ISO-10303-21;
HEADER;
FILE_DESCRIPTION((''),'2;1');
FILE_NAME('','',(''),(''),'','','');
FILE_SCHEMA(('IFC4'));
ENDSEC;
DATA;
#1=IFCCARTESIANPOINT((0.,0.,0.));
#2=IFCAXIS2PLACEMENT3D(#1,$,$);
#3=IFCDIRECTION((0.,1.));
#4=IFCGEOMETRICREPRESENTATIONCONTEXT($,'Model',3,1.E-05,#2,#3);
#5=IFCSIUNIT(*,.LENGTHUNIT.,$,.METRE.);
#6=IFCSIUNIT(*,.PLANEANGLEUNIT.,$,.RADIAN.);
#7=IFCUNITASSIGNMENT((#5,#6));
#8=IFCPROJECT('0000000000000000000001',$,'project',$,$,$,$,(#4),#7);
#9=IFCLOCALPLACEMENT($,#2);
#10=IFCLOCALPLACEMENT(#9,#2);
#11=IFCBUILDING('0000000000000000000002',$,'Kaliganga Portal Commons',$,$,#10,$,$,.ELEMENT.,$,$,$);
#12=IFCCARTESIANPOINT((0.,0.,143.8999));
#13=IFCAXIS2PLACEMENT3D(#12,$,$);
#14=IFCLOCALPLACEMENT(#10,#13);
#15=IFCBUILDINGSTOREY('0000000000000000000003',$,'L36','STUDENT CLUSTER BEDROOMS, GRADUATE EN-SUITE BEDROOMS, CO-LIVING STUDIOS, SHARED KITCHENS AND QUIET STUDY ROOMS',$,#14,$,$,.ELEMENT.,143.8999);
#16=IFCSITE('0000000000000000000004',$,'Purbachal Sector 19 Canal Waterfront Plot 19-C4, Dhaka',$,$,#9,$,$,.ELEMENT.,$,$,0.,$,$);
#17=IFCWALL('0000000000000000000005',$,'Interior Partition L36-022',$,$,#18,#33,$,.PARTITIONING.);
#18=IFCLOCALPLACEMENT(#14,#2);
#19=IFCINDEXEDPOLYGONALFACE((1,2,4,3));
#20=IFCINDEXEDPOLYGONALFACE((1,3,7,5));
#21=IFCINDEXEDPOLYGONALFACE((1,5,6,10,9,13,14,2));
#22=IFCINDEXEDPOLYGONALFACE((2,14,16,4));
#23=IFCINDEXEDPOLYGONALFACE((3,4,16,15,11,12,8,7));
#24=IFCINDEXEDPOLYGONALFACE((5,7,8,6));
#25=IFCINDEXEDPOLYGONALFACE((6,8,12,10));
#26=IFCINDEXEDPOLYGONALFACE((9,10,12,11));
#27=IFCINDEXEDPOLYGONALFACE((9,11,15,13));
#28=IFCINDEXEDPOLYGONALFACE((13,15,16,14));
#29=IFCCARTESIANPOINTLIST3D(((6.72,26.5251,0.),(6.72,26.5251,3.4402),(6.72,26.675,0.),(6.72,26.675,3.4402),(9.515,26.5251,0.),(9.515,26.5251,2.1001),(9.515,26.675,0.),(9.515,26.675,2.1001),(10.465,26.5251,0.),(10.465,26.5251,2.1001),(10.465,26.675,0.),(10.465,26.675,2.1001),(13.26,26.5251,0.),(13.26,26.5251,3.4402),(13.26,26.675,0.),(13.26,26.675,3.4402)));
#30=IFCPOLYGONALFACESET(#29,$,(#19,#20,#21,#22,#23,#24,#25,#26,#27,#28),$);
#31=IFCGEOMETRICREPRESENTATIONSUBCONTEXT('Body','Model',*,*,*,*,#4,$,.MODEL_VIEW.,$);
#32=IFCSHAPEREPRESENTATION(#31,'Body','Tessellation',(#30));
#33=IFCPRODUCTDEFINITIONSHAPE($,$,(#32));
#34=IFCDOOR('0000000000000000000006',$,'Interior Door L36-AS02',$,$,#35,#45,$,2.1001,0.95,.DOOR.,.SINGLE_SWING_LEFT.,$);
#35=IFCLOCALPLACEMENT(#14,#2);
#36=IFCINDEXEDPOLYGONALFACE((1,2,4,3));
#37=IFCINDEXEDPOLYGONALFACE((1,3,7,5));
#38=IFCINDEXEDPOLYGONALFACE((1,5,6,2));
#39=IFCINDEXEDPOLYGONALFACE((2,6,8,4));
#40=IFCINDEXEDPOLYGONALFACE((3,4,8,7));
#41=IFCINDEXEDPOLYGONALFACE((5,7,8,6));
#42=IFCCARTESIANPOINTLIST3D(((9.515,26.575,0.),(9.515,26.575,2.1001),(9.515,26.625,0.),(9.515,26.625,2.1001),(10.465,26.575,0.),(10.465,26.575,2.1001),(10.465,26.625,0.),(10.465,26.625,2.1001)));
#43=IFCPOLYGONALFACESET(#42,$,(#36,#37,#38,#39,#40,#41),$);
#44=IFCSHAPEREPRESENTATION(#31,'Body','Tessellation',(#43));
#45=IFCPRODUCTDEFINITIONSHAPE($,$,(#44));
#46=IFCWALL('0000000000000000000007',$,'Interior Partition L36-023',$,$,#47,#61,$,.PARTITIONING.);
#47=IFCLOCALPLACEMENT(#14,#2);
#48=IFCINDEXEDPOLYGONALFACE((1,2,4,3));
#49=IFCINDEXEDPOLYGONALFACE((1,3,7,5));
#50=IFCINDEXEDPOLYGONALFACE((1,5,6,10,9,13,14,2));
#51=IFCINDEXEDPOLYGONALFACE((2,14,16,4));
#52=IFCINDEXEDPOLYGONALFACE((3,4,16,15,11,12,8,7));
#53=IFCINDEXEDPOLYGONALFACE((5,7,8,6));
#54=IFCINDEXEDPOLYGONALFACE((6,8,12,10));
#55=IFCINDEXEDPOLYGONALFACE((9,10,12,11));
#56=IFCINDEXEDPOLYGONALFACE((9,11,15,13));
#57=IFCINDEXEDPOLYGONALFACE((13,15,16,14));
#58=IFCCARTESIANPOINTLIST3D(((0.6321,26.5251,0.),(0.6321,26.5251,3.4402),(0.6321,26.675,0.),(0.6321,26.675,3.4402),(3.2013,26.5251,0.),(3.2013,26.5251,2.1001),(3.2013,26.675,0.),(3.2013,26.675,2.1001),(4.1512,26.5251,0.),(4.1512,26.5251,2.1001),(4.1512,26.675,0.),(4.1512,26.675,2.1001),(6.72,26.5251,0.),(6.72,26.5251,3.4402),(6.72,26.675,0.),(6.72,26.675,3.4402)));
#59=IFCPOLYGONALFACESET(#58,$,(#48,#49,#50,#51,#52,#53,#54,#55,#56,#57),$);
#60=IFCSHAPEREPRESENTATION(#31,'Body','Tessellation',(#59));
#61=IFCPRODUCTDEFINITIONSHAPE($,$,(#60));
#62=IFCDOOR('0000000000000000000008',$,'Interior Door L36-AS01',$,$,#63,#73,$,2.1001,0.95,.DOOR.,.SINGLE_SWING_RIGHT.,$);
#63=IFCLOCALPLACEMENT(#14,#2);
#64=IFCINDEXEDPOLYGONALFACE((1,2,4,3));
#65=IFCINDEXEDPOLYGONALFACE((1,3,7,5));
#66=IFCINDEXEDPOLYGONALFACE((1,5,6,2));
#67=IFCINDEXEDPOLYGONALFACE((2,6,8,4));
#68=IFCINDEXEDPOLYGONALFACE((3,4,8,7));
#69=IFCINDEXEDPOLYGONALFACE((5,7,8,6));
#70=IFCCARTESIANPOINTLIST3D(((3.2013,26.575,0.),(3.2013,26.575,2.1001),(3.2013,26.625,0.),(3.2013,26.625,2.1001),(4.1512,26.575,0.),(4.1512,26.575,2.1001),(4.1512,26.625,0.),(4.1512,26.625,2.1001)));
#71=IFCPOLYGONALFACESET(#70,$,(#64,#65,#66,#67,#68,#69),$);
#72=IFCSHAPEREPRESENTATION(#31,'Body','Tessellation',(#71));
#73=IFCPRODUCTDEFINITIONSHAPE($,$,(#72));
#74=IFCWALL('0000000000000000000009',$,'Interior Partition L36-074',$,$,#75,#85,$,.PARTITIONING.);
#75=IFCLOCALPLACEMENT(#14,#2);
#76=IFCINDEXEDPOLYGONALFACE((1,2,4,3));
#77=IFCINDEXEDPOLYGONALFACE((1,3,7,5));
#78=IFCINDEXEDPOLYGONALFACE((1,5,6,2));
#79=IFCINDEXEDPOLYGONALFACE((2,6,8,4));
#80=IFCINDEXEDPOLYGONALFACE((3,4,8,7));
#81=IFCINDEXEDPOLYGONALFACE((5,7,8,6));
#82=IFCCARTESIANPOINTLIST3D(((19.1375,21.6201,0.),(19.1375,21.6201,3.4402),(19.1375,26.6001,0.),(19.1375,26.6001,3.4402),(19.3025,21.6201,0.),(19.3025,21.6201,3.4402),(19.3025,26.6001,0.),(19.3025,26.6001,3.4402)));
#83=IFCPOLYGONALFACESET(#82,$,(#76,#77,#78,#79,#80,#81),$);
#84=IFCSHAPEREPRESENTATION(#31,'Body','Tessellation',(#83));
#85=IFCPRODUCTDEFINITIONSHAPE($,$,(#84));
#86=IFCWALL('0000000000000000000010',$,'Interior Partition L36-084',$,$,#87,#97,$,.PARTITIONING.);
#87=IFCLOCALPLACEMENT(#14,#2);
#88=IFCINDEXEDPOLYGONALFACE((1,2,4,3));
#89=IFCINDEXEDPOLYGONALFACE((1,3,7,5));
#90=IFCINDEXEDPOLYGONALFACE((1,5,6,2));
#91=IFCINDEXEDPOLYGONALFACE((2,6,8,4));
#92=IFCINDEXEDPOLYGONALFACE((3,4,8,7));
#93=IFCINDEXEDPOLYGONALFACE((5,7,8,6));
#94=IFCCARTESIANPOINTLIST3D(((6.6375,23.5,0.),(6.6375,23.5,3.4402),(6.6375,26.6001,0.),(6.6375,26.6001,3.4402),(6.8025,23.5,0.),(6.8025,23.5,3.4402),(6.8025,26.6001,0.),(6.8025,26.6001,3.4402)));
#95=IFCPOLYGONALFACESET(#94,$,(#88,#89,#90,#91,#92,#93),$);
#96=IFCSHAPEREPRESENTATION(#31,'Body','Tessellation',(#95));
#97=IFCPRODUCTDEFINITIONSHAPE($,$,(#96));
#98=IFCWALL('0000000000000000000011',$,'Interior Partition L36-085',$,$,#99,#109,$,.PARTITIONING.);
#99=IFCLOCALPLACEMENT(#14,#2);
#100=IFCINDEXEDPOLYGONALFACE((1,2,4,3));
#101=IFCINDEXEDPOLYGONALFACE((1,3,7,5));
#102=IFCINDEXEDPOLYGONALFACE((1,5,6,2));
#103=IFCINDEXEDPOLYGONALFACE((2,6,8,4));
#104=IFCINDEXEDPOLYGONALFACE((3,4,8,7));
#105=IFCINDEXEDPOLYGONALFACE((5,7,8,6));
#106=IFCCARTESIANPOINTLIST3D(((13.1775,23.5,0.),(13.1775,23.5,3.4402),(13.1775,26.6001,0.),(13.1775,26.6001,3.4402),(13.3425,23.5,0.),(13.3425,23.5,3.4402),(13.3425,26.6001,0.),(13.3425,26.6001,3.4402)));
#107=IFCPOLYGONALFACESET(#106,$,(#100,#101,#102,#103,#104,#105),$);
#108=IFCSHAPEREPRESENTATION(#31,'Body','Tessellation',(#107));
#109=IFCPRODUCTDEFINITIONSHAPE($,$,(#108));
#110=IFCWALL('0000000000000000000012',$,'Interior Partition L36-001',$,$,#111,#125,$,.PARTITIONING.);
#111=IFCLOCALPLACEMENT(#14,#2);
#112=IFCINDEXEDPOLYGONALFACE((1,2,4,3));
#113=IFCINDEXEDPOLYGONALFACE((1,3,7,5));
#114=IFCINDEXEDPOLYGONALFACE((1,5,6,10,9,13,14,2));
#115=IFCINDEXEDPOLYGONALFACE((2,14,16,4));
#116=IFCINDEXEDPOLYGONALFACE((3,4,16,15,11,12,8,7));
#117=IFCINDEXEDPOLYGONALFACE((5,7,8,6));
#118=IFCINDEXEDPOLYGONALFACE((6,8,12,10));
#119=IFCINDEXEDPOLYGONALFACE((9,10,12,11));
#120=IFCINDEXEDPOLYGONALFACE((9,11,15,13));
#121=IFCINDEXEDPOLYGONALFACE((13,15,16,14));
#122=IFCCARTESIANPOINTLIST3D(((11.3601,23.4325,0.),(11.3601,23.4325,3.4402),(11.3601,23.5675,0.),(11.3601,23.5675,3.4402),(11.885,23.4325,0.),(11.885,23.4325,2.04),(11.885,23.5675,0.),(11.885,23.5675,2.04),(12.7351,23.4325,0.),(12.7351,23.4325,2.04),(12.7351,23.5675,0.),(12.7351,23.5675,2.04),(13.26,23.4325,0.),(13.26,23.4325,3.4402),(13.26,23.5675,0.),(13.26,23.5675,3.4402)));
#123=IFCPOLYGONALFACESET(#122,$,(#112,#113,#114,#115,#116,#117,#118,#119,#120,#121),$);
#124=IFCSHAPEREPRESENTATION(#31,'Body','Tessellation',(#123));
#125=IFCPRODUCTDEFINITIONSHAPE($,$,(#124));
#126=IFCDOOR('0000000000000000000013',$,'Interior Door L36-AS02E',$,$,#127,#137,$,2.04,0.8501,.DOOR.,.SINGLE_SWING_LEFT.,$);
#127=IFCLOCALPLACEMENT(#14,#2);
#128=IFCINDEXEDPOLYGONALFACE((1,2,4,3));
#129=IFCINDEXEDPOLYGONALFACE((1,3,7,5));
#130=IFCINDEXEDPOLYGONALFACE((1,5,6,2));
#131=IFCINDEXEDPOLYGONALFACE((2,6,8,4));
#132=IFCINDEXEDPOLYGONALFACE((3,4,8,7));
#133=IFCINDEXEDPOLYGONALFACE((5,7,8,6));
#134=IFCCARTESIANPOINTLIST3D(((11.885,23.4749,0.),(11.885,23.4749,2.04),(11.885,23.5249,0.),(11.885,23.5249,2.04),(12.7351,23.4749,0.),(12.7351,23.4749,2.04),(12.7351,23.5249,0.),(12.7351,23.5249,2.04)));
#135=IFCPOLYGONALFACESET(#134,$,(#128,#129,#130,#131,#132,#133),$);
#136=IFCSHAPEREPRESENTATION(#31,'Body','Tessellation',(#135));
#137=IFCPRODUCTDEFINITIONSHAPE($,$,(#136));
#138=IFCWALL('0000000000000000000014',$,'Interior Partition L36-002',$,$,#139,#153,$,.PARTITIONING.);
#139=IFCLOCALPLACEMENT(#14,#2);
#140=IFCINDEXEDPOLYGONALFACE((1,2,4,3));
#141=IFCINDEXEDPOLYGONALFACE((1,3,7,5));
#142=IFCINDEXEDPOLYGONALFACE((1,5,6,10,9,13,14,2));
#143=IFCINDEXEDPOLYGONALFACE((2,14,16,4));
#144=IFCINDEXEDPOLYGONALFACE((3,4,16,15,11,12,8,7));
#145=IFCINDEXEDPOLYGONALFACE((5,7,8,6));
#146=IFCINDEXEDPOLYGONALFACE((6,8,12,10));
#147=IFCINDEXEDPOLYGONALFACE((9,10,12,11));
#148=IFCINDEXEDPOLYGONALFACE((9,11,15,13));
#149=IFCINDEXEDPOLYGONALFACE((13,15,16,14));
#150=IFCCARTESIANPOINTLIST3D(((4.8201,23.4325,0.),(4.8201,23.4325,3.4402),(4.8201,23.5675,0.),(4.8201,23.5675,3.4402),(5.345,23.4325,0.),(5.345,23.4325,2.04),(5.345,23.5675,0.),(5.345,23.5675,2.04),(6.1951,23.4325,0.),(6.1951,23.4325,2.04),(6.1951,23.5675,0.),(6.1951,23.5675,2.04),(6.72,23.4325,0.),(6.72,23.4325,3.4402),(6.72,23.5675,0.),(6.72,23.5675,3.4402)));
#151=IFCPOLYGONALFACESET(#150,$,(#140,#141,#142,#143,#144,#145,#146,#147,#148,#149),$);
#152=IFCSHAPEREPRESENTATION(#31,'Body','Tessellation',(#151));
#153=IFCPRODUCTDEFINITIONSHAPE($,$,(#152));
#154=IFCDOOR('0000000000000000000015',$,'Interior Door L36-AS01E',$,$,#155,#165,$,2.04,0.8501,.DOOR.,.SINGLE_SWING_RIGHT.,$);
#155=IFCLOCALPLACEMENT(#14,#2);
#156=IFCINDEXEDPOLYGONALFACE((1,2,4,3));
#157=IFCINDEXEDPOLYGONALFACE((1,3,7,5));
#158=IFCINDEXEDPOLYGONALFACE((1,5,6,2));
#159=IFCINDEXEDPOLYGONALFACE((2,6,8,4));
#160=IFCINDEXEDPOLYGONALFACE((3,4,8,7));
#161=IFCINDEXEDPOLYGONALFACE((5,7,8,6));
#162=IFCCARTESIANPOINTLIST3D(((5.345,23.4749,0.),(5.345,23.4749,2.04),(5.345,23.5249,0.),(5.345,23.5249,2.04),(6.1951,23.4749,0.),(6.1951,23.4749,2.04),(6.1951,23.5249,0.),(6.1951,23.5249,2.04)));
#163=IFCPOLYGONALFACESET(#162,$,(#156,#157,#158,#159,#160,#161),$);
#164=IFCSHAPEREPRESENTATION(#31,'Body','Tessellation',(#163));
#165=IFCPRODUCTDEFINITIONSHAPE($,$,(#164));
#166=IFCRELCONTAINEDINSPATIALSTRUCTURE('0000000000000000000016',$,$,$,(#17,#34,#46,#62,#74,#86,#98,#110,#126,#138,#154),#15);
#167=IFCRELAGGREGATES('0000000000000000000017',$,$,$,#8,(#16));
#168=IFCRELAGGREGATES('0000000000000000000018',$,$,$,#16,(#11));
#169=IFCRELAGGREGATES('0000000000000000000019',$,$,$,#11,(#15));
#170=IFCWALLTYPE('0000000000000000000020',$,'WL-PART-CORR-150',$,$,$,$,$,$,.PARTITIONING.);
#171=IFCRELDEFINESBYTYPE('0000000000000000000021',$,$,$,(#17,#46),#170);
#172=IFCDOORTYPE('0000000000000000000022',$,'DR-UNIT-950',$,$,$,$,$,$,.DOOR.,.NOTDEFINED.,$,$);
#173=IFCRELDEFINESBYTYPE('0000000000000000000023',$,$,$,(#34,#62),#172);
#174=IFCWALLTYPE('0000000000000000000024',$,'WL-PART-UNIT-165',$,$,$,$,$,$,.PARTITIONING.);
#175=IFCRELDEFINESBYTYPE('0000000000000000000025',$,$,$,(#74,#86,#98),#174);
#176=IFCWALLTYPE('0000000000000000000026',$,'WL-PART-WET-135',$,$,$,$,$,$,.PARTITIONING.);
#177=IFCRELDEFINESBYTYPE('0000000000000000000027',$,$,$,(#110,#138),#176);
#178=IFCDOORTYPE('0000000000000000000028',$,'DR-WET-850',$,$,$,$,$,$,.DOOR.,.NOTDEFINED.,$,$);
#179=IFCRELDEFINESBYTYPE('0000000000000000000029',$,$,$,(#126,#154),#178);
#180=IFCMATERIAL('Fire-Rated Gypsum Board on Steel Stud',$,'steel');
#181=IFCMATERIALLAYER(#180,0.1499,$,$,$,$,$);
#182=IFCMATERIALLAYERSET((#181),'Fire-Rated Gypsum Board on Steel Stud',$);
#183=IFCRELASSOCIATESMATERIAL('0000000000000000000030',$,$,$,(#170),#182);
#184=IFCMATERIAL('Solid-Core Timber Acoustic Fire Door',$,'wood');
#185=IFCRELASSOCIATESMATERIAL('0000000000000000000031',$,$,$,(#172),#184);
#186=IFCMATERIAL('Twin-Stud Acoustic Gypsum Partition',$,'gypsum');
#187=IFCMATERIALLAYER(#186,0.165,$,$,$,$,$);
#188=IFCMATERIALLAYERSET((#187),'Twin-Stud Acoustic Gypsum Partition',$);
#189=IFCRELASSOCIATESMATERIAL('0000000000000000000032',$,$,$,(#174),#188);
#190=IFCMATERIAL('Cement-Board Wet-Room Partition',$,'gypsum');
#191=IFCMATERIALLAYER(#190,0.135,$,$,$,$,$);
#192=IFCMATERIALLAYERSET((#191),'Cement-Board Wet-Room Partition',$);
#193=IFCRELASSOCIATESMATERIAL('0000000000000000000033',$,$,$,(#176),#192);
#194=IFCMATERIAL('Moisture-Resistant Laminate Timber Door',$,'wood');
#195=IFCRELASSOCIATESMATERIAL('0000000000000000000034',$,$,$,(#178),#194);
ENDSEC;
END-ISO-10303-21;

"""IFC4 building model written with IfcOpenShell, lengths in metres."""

from ifc_helpers import new_model, si_unit, direction, frame, frame_2d, origin, place, context, subcontext, project, spatial, rectangle, extrude, material, layer, layer_set, type_object, element, fill, save


model = new_model("IFC4")

# Units and contexts
model_context = context("Model", 3, precision=1e-05, world=origin(), true_north=direction((0.0, 1.0)))
body_context = subcontext(model_context, "Body", "Model", "MODEL_VIEW")
ifc_project = project(units=[si_unit("LENGTHUNIT", "METRE"), si_unit("PLANEANGLEUNIT", "RADIAN")], contexts=[model_context])

# Site, building, storey
site_placement = place(None, origin())
site = spatial("IfcSite", under=ifc_project, at=site_placement, Name="Purbachal Sector 19 Canal Waterfront Plot 19-C4, Dhaka", CompositionType="ELEMENT", RefElevation=0.0)
building_placement = place(site_placement, origin())
building = spatial("IfcBuilding", under=site, at=building_placement, Name="Kaliganga Portal Commons", CompositionType="ELEMENT")
storey_placement = place(building_placement, frame((0.0, 0.0, 143.8999)))
storey = spatial("IfcBuildingStorey", under=building, at=storey_placement, Name="L36", Description="STUDENT CLUSTER BEDROOMS, GRADUATE EN-SUITE BEDROOMS, CO-LIVING STUDIOS, SHARED KITCHENS AND QUIET STUDY ROOMS", CompositionType="ELEMENT", Elevation=143.8999)

# Shared definitions
ifc_material_1 = material(Name="Fire-Rated Gypsum Board on Steel Stud", Category="steel")
ifc_layer_1 = layer(ifc_material_1, 0.1499)
ifc_layer_set_1 = layer_set([ifc_layer_1], Name="Fire-Rated Gypsum Board on Steel Stud")
wall_type_1 = type_object("IfcWallType", Name="WL-PART-CORR-150", PredefinedType="PARTITIONING", material=ifc_layer_set_1)
ifc_material_2 = material(Name="Solid-Core Timber Acoustic Fire Door", Category="wood")
door_type_1 = type_object("IfcDoorType", Name="DR-UNIT-950", OperationType="NOTDEFINED", PredefinedType="DOOR", material=ifc_material_2)

# Walls, openings, doors
wall_1_placement = place(storey_placement, frame((6.72, 26.6001, 0.0), z_axis=(0.0, 0.0, 1.0), x_axis=(1.0, 0.0, 0.0)))
wall_1 = element("IfcWall", 1, at=wall_1_placement, inside=storey, type_object=wall_type_1, Name="Interior Partition L36-022", PredefinedType="PARTITIONING", context=body_context, shape_type="SweptSolid", body=[
    extrude(rectangle(XDim=6.54, YDim=0.1499, at=frame_2d((3.27, 0.0))), origin(), (0.0, 0.0, 1.0), 3.4402),
])
opening_1_placement = place(wall_1_placement, frame((2.7949, 0.0, 0.0)))
opening_1 = element("IfcOpeningElement", 2, at=opening_1_placement, cuts=wall_1, PredefinedType="OPENING", context=body_context, shape_type="SweptSolid", body=[
    extrude(rectangle(XDim=0.95, YDim=2.1001, at=frame_2d((0.4751, 1.05))), frame((0.0, 0.085, 0.0), z_axis=(0.0, -1.0, 0.0), x_axis=(1.0, 0.0, 0.0)), (0.0, 0.0, 1.0), 0.1699),
])
door_1_placement = place(opening_1_placement, origin())
door_1 = element("IfcDoor", 3, at=door_1_placement, inside=storey, type_object=door_type_1, Name="Interior Door L36-AS02", OperationType="SINGLE_SWING_LEFT", OverallHeight=2.1001, OverallWidth=0.95, PredefinedType="DOOR", context=body_context, shape_type="SweptSolid", body=[
    extrude(rectangle(XDim=0.95, YDim=2.1001, at=frame_2d((0.4751, 1.05))), frame((0.0, 0.0249, 0.0), z_axis=(0.0, -1.0, 0.0), x_axis=(1.0, 0.0, 0.0)), (0.0, 0.0, 1.0), 0.05),
])
fill(opening_1, door_1)
wall_2_placement = place(storey_placement, frame((0.6321, 26.6001, 0.0), z_axis=(0.0, 0.0, 1.0), x_axis=(1.0, 0.0, 0.0)))
wall_2 = element("IfcWall", 4, at=wall_2_placement, inside=storey, type_object=wall_type_1, Name="Interior Partition L36-023", PredefinedType="PARTITIONING", context=body_context, shape_type="SweptSolid", body=[
    extrude(rectangle(XDim=6.0879, YDim=0.1499, at=frame_2d((3.0439, 0.0))), origin(), (0.0, 0.0, 1.0), 3.4402),
])
opening_2_placement = place(wall_2_placement, frame((2.5691, 0.0, 0.0)))
opening_2 = element("IfcOpeningElement", 5, at=opening_2_placement, cuts=wall_2, PredefinedType="OPENING", context=body_context, shape_type="SweptSolid", body=[
    extrude(rectangle(XDim=0.95, YDim=2.1001, at=frame_2d((0.4751, 1.05))), frame((0.0, 0.085, 0.0), z_axis=(0.0, -1.0, 0.0), x_axis=(1.0, 0.0, 0.0)), (0.0, 0.0, 1.0), 0.1699),
])
door_2_placement = place(opening_2_placement, origin())
door_2 = element("IfcDoor", 6, at=door_2_placement, inside=storey, type_object=door_type_1, Name="Interior Door L36-AS01", OperationType="SINGLE_SWING_RIGHT", OverallHeight=2.1001, OverallWidth=0.95, PredefinedType="DOOR", context=body_context, shape_type="SweptSolid", body=[
    extrude(rectangle(XDim=0.95, YDim=2.1001, at=frame_2d((0.4751, 1.05))), frame((0.0, 0.0249, 0.0), z_axis=(0.0, -1.0, 0.0), x_axis=(1.0, 0.0, 0.0)), (0.0, 0.0, 1.0), 0.05),
])
fill(opening_2, door_2)

# Walls
ifc_material_3 = material(Name="Twin-Stud Acoustic Gypsum Partition", Category="gypsum")
ifc_layer_2 = layer(ifc_material_3, 0.165)
ifc_layer_set_2 = layer_set([ifc_layer_2], Name="Twin-Stud Acoustic Gypsum Partition")
wall_type_2 = type_object("IfcWallType", Name="WL-PART-UNIT-165", PredefinedType="PARTITIONING", material=ifc_layer_set_2)
wall_3_placement = place(storey_placement, frame((19.22, 21.6201, 0.0), z_axis=(0.0, 0.0, 1.0), x_axis=(0.0, 1.0, 0.0)))
element("IfcWall", 7, at=wall_3_placement, inside=storey, type_object=wall_type_2, Name="Interior Partition L36-074", PredefinedType="PARTITIONING", context=body_context, shape_type="SweptSolid", body=[
    extrude(rectangle(XDim=4.98, YDim=0.165, at=frame_2d((2.49, 0.0))), origin(), (0.0, 0.0, 1.0), 3.4402),
])
for number, where, z_axis, x_axis, name in (
    (8, (6.72, 23.5, 0.0), (0.0, 0.0, 1.0), (0.0, 1.0, 0.0), "Interior Partition L36-084"),
    (9, (13.26, 23.5, 0.0), (0.0, 0.0, 1.0), (0.0, 1.0, 0.0), "Interior Partition L36-085"),
):
    element("IfcWall", number, at=place(storey_placement, frame(where, z_axis=z_axis, x_axis=x_axis)), inside=storey, type_object=wall_type_2, Name=name, PredefinedType="PARTITIONING", context=body_context, shape_type="SweptSolid", body=[
        extrude(rectangle(XDim=3.1001, YDim=0.165, at=frame_2d((1.55, 0.0))), origin(), (0.0, 0.0, 1.0), 3.4402),
    ])

# Walls, openings, doors
ifc_material_4 = material(Name="Cement-Board Wet-Room Partition", Category="gypsum")
ifc_layer_3 = layer(ifc_material_4, 0.135)
ifc_layer_set_3 = layer_set([ifc_layer_3], Name="Cement-Board Wet-Room Partition")
wall_type_3 = type_object("IfcWallType", Name="WL-PART-WET-135", PredefinedType="PARTITIONING", material=ifc_layer_set_3)
wall_4_placement = place(storey_placement, frame((11.3601, 23.5, 0.0), z_axis=(0.0, 0.0, 1.0), x_axis=(1.0, 0.0, 0.0)))
wall_4 = element("IfcWall", 10, at=wall_4_placement, inside=storey, type_object=wall_type_3, Name="Interior Partition L36-001", PredefinedType="PARTITIONING", context=body_context, shape_type="SweptSolid", body=[
    extrude(rectangle(XDim=1.8999, YDim=0.135, at=frame_2d((0.95, 0.0))), origin(), (0.0, 0.0, 1.0), 3.4402),
])
opening_3_placement = place(wall_4_placement, frame((0.5249, 0.0, 0.0)))
opening_3 = element("IfcOpeningElement", 11, at=opening_3_placement, cuts=wall_4, PredefinedType="OPENING", context=body_context, shape_type="SweptSolid", body=[
    extrude(rectangle(XDim=0.8501, YDim=2.04, at=frame_2d((0.425, 1.02))), frame((0.0, 0.0776, 0.0), z_axis=(0.0, -1.0, 0.0), x_axis=(1.0, 0.0, 0.0)), (0.0, 0.0, 1.0), 0.155),
])
ifc_material_5 = material(Name="Moisture-Resistant Laminate Timber Door", Category="wood")
door_type_2 = type_object("IfcDoorType", Name="DR-WET-850", OperationType="NOTDEFINED", PredefinedType="DOOR", material=ifc_material_5)
door_3_placement = place(opening_3_placement, origin())
door_3 = element("IfcDoor", 12, at=door_3_placement, inside=storey, type_object=door_type_2, Name="Interior Door L36-AS02E", OperationType="SINGLE_SWING_LEFT", OverallHeight=2.04, OverallWidth=0.8501, PredefinedType="DOOR", context=body_context, shape_type="SweptSolid", body=[
    extrude(rectangle(XDim=0.8501, YDim=2.04, at=frame_2d((0.425, 1.02))), frame((0.0, 0.0249, 0.0), z_axis=(0.0, -1.0, 0.0), x_axis=(1.0, 0.0, 0.0)), (0.0, 0.0, 1.0), 0.05),
])
fill(opening_3, door_3)
wall_5_placement = place(storey_placement, frame((4.8201, 23.5, 0.0), z_axis=(0.0, 0.0, 1.0), x_axis=(1.0, 0.0, 0.0)))
wall_5 = element("IfcWall", 13, at=wall_5_placement, inside=storey, type_object=wall_type_3, Name="Interior Partition L36-002", PredefinedType="PARTITIONING", context=body_context, shape_type="SweptSolid", body=[
    extrude(rectangle(XDim=1.8999, YDim=0.135, at=frame_2d((0.95, 0.0))), origin(), (0.0, 0.0, 1.0), 3.4402),
])
opening_4_placement = place(wall_5_placement, frame((0.5249, 0.0, 0.0)))
opening_4 = element("IfcOpeningElement", 14, at=opening_4_placement, cuts=wall_5, PredefinedType="OPENING", context=body_context, shape_type="SweptSolid", body=[
    extrude(rectangle(XDim=0.8501, YDim=2.04, at=frame_2d((0.425, 1.02))), frame((0.0, 0.0776, 0.0), z_axis=(0.0, -1.0, 0.0), x_axis=(1.0, 0.0, 0.0)), (0.0, 0.0, 1.0), 0.155),
])
door_4_placement = place(opening_4_placement, origin())
door_4 = element("IfcDoor", 15, at=door_4_placement, inside=storey, type_object=door_type_2, Name="Interior Door L36-AS01E", OperationType="SINGLE_SWING_RIGHT", OverallHeight=2.04, OverallWidth=0.8501, PredefinedType="DOOR", context=body_context, shape_type="SweptSolid", body=[
    extrude(rectangle(XDim=0.8501, YDim=2.04, at=frame_2d((0.425, 1.02))), frame((0.0, 0.0249, 0.0), z_axis=(0.0, -1.0, 0.0), x_axis=(1.0, 0.0, 0.0)), (0.0, 0.0, 1.0), 0.05),
])
fill(opening_4, door_4)

save(model, "model.ifc")
